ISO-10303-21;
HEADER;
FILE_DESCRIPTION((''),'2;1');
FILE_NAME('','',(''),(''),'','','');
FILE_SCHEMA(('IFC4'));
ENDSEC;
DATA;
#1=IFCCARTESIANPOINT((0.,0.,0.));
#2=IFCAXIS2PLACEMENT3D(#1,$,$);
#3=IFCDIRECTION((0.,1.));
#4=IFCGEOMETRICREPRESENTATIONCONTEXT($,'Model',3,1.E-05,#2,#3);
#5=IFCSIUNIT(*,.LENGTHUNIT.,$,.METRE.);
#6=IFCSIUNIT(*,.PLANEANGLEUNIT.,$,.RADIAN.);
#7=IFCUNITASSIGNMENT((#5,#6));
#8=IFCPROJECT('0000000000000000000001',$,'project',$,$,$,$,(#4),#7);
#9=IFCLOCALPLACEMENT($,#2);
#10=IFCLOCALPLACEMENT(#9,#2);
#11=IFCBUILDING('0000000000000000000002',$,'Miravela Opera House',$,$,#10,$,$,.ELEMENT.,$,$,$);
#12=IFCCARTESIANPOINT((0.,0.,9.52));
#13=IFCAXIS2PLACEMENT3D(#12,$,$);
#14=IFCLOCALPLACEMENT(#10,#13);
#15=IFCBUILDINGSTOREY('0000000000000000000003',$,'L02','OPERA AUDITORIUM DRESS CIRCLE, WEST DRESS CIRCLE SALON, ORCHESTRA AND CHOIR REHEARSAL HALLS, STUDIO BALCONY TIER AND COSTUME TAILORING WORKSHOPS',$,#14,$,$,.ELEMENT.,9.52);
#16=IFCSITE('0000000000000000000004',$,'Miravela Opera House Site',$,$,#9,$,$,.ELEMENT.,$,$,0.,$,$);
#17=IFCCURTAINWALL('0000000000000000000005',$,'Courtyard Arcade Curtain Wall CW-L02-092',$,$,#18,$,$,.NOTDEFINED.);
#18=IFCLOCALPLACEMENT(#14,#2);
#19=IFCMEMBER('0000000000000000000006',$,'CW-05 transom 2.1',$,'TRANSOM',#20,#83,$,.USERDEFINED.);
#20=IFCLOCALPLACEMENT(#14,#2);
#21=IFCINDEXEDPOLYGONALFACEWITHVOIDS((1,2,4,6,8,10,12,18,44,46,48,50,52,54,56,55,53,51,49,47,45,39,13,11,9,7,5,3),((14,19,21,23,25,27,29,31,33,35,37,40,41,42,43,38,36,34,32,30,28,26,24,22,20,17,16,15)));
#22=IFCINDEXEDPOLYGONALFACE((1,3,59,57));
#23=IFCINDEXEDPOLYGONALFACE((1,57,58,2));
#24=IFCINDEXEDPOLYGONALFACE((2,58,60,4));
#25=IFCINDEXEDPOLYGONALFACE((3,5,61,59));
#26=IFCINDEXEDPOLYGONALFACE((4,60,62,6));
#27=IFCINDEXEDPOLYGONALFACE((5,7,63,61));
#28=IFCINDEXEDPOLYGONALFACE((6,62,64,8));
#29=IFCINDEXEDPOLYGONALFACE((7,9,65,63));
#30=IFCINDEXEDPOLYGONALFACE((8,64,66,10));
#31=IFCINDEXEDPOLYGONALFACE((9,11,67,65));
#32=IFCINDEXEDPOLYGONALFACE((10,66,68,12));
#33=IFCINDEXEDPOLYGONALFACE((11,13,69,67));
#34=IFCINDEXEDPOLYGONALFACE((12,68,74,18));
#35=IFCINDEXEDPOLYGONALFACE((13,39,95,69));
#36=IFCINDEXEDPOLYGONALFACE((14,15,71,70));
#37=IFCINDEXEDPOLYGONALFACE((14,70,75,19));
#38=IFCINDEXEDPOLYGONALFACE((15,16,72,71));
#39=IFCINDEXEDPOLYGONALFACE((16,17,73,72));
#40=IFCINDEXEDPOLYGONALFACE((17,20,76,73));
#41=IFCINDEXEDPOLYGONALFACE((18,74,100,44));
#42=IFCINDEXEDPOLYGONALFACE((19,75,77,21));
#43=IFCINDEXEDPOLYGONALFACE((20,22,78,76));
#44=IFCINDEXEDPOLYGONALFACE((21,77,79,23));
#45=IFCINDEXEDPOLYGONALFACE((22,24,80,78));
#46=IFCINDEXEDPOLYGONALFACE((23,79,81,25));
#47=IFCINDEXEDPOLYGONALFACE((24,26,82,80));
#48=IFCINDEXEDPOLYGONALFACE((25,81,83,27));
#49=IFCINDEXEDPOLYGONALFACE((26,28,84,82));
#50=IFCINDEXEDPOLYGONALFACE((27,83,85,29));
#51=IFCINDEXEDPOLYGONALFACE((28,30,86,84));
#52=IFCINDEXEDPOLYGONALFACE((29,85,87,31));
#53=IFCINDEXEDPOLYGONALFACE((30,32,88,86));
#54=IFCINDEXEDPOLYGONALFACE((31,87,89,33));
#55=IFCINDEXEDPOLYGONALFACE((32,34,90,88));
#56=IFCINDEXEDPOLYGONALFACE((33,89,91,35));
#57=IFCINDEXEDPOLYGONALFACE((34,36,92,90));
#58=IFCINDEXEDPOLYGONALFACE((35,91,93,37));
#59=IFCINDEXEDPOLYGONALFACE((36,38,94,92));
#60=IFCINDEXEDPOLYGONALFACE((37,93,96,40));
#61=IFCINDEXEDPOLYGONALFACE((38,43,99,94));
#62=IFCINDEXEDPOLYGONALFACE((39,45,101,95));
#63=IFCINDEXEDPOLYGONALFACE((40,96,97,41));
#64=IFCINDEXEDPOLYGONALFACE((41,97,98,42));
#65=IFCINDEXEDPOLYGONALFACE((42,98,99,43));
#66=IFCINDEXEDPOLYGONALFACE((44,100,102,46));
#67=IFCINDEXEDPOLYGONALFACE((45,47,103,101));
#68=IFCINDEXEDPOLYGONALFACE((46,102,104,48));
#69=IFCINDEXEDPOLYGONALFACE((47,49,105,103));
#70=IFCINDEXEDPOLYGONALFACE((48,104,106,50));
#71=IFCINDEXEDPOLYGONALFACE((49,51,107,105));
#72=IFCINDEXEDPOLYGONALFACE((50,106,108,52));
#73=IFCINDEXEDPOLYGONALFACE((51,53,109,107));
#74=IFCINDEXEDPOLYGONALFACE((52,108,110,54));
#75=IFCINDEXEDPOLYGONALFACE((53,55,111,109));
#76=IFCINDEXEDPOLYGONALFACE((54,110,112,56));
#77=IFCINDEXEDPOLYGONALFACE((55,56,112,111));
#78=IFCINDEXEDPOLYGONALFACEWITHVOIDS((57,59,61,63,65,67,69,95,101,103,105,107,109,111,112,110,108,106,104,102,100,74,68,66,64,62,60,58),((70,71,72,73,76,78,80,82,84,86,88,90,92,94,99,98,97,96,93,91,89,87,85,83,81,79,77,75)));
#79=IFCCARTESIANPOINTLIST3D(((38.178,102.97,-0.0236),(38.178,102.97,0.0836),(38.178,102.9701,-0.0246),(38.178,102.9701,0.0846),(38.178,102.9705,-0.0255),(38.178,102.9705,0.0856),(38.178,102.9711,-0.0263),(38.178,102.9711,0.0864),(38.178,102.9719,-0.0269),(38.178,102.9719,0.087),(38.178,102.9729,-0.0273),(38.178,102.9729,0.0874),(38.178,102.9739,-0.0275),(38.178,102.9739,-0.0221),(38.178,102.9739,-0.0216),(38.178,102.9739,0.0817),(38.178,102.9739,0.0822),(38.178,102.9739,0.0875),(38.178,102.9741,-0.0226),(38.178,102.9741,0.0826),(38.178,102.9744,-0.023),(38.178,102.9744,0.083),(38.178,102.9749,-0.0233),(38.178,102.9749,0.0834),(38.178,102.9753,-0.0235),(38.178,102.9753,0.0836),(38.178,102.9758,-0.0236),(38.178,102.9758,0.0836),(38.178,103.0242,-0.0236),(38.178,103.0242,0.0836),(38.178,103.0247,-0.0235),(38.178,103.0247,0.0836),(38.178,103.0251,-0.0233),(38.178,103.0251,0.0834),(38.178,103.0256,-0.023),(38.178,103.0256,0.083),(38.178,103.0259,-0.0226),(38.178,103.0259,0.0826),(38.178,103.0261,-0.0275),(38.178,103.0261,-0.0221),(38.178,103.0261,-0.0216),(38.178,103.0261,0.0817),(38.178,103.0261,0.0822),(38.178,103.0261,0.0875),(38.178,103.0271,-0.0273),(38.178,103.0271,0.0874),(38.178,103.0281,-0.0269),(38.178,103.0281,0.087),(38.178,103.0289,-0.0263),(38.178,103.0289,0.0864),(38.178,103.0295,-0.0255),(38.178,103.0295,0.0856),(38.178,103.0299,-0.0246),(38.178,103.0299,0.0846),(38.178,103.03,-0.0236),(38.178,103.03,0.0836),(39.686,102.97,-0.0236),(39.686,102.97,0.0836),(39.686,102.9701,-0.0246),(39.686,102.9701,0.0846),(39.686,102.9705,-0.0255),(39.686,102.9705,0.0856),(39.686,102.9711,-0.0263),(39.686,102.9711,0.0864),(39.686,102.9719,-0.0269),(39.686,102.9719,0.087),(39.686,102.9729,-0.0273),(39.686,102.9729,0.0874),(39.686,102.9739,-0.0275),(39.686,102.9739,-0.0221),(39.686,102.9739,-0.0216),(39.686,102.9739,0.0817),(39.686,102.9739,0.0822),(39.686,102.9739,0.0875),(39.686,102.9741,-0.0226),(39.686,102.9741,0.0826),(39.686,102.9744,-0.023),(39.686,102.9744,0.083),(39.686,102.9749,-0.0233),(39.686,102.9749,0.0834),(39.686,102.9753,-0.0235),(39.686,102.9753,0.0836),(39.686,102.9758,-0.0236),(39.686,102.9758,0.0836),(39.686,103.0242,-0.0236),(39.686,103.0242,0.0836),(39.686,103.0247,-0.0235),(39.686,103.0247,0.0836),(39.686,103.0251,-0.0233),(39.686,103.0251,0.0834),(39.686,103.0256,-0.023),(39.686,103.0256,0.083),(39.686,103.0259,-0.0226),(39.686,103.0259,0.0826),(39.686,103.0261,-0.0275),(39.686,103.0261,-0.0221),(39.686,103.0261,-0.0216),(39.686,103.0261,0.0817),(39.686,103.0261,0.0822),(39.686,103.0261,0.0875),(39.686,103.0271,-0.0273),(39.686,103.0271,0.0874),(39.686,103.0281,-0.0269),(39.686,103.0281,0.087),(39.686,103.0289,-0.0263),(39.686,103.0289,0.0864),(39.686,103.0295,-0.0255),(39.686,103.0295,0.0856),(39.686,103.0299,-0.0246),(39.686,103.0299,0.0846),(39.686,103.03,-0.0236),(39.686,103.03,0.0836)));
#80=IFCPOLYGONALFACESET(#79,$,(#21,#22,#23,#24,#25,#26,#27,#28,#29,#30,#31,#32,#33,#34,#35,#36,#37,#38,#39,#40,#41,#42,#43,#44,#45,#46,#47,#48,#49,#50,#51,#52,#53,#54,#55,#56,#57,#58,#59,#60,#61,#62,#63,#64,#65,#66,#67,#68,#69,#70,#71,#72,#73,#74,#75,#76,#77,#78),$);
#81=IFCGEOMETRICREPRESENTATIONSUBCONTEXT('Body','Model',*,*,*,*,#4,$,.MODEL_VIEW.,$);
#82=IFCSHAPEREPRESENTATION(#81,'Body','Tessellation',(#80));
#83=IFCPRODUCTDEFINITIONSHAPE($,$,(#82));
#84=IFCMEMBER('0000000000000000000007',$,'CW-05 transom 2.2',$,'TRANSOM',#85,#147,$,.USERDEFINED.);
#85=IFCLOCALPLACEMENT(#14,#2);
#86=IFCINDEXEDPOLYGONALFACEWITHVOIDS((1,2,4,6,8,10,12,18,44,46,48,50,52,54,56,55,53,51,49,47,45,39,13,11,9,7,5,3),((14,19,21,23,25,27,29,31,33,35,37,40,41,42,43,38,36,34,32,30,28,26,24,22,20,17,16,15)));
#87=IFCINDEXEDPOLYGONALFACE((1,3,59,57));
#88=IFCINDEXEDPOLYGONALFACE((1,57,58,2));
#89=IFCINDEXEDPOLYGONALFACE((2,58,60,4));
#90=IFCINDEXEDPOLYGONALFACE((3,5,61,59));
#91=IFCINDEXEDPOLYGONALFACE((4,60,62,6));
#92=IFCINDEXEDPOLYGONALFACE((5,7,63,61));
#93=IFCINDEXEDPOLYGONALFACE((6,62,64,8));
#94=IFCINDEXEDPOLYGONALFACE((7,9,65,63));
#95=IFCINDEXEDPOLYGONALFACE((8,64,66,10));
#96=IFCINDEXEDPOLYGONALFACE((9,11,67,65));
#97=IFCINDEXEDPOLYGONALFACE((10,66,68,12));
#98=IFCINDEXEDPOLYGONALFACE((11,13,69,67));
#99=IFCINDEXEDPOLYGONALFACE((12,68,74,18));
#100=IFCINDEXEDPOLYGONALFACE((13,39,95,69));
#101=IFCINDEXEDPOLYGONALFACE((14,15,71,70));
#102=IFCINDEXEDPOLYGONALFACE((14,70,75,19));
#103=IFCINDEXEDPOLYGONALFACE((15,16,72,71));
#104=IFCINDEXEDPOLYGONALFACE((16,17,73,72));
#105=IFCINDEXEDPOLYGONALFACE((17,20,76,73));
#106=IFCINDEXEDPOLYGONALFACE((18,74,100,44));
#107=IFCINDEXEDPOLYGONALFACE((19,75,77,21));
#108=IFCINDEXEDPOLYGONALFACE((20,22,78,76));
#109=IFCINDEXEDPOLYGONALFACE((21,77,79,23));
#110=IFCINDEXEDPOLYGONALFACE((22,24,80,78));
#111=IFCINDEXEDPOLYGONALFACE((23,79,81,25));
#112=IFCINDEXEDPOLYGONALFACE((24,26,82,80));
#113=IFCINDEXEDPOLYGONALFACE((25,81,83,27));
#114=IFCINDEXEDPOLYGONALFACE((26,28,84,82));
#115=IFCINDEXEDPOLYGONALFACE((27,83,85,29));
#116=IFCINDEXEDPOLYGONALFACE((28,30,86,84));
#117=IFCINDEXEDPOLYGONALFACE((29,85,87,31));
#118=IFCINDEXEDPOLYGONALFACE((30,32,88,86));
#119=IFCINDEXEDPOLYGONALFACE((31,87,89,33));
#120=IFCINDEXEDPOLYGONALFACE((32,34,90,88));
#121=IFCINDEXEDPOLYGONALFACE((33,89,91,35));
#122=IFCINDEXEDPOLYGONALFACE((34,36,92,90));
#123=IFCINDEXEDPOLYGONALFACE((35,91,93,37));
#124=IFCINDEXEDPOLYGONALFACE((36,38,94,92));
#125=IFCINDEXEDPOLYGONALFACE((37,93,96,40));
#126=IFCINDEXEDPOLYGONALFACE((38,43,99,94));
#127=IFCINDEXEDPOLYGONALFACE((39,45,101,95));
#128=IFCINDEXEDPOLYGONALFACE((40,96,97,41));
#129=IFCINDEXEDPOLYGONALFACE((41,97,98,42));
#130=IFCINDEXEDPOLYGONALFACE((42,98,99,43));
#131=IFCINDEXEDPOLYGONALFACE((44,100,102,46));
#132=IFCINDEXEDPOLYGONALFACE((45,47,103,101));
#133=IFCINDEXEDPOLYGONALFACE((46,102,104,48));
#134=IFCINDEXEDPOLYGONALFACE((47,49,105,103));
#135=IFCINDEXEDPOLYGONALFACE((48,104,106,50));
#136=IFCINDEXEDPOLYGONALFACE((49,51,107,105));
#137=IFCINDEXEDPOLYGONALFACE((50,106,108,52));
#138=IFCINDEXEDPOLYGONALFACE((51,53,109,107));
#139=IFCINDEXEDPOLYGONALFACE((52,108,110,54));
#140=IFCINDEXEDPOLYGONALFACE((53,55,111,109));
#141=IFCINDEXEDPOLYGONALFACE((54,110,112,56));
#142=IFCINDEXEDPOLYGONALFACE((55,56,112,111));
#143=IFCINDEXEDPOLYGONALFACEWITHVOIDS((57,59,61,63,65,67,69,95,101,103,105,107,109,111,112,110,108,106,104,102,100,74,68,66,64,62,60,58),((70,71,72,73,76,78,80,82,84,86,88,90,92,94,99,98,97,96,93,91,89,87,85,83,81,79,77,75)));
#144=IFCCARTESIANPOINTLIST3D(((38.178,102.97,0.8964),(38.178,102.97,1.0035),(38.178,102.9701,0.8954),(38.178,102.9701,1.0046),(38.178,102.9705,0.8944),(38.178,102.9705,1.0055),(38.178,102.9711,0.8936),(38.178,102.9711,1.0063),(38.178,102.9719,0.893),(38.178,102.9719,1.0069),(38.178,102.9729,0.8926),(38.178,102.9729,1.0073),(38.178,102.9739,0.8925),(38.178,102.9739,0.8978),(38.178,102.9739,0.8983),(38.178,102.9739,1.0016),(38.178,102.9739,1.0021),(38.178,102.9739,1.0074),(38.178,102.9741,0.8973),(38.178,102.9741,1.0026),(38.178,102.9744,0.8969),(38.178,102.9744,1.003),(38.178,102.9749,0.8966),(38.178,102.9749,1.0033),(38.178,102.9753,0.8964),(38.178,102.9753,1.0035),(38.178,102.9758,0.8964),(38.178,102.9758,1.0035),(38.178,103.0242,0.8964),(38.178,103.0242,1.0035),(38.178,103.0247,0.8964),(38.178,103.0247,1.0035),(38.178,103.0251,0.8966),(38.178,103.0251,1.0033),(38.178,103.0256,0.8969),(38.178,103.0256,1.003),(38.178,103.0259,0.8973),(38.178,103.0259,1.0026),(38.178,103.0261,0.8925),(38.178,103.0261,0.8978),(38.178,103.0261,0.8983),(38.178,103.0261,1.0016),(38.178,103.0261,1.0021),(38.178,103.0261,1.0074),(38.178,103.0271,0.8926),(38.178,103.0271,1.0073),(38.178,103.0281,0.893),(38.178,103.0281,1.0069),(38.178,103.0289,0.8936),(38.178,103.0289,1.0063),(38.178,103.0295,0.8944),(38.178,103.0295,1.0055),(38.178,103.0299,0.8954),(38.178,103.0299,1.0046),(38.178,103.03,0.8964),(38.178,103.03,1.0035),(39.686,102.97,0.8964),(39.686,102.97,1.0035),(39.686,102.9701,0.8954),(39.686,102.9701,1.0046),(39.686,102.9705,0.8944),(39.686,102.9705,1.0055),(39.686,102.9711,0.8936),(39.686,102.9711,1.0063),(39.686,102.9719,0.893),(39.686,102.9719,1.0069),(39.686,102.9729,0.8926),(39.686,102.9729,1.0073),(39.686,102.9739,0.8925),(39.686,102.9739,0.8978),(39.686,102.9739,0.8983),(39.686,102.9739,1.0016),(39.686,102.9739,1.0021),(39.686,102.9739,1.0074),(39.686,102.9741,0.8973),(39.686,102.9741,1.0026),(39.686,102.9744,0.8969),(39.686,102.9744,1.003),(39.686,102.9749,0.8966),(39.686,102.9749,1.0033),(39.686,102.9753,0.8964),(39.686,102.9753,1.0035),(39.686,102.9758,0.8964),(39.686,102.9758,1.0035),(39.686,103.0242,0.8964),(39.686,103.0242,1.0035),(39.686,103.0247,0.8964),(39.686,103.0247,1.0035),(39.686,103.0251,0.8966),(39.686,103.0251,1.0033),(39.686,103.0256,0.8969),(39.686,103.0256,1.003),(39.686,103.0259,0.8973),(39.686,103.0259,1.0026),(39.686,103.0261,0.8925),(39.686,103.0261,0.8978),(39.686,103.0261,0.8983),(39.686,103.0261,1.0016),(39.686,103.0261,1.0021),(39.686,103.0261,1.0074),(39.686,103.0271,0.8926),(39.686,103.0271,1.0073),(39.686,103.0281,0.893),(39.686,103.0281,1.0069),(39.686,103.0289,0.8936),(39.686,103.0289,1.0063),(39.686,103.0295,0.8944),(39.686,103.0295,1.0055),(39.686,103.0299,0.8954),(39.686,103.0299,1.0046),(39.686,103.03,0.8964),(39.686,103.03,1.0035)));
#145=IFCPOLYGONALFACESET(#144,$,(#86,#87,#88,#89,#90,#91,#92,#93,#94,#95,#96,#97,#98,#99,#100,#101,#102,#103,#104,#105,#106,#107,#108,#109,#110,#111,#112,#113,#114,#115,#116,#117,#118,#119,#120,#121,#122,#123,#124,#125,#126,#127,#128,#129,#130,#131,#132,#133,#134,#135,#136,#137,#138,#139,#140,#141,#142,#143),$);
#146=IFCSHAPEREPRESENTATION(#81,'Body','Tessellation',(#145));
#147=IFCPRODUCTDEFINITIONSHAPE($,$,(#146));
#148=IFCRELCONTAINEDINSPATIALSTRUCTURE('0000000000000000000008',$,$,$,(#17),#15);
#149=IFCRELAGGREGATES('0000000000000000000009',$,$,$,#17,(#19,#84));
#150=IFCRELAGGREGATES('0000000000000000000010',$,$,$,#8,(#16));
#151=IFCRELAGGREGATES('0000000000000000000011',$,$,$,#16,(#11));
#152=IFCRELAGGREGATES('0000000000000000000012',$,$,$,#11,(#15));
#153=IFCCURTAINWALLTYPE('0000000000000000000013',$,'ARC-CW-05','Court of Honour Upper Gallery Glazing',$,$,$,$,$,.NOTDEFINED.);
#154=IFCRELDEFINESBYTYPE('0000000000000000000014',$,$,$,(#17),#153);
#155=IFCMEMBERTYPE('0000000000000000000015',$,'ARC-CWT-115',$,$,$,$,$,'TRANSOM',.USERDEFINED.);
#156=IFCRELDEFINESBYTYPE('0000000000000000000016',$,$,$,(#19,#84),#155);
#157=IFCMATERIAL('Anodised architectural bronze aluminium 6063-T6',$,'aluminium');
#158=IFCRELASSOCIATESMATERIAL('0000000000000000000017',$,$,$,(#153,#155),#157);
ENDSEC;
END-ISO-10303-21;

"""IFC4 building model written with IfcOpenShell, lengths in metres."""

from ifc_helpers import new_model, si_unit, direction, frame, origin, origin_2d, place, context, subcontext, project, spatial, hollow_rectangle, extrude, material, material_profile, profile_set, type_object, element, aggregate, save


model = new_model("IFC4")

# Units and contexts
model_context = context("Model", 3, precision=1e-05, world=origin(), true_north=direction((0.0, 1.0)))
body_context = subcontext(model_context, "Body", "Model", "MODEL_VIEW")
ifc_project = project(units=[si_unit("LENGTHUNIT", "METRE"), si_unit("PLANEANGLEUNIT", "RADIAN")], contexts=[model_context])

# Site, building, storey
site_placement = place(None, origin())
site = spatial("IfcSite", under=ifc_project, at=site_placement, Name="Miravela Opera House Site", CompositionType="ELEMENT", RefElevation=0.0)
building_placement = place(site_placement, origin())
building = spatial("IfcBuilding", under=site, at=building_placement, Name="Miravela Opera House", CompositionType="ELEMENT")
storey_placement = place(building_placement, frame((0.0, 0.0, 9.52)))
storey = spatial("IfcBuildingStorey", under=building, at=storey_placement, Name="L02", Description="OPERA AUDITORIUM DRESS CIRCLE, WEST DRESS CIRCLE SALON, ORCHESTRA AND CHOIR REHEARSAL HALLS, STUDIO BALCONY TIER AND COSTUME TAILORING WORKSHOPS", CompositionType="ELEMENT", Elevation=9.52)

# Curtain wall
ifc_material_1 = material(Name="Anodised architectural bronze aluminium 6063-T6", Category="aluminium")
curtain_wall_type = type_object("IfcCurtainWallType", Name="ARC-CW-05", Description="Court of Honour Upper Gallery Glazing", PredefinedType="NOTDEFINED", material=ifc_material_1)
curtain_wall_1_placement = place(storey_placement, origin())
curtain_wall_1 = element("IfcCurtainWall", 1, at=curtain_wall_1_placement, inside=storey, type_object=curtain_wall_type, Name="Courtyard Arcade Curtain Wall CW-L02-092", PredefinedType="NOTDEFINED")

# Members
ifc_material_profile_1 = material_profile(ifc_material_1, hollow_rectangle(XDim=0.0601, YDim=0.115, WallThickness=0.0039, InnerFilletRadius=0.002, OuterFilletRadius=0.0039, at=origin_2d()), Name="CWT-60X115")
ifc_profile_set_1 = profile_set([ifc_material_profile_1])
member_type_1 = type_object("IfcMemberType", Name="ARC-CWT-115", ElementType="TRANSOM", PredefinedType="USERDEFINED", material=ifc_profile_set_1)
member_1_placement = place(storey_placement, frame((38.178, 103.0, 0.03), z_axis=(1.0, 0.0, 0.0), x_axis=(0.0, 1.0, 0.0)))
member_1 = element("IfcMember", 2, at=member_1_placement, type_object=member_type_1, Name="CW-05 transom 2.1", ObjectType="TRANSOM", PredefinedType="USERDEFINED", context=body_context, shape_type="SweptSolid", body=[
    extrude(hollow_rectangle(XDim=0.0601, YDim=0.115, WallThickness=0.0039, InnerFilletRadius=0.002, OuterFilletRadius=0.0039, at=origin_2d()), origin(), (0.0, 0.0, 1.0), 1.5081),
])
member_2_placement = place(storey_placement, frame((38.178, 103.0, 0.95), z_axis=(1.0, 0.0, 0.0), x_axis=(0.0, 1.0, 0.0)))
member_2 = element("IfcMember", 3, at=member_2_placement, type_object=member_type_1, Name="CW-05 transom 2.2", ObjectType="TRANSOM", PredefinedType="USERDEFINED", context=body_context, shape_type="SweptSolid", body=[
    extrude(hollow_rectangle(XDim=0.0601, YDim=0.115, WallThickness=0.0039, InnerFilletRadius=0.002, OuterFilletRadius=0.0039, at=origin_2d()), origin(), (0.0, 0.0, 1.0), 1.5081),
])

aggregate(curtain_wall_1, [member_1, member_2])

save(model, "model.ifc")
